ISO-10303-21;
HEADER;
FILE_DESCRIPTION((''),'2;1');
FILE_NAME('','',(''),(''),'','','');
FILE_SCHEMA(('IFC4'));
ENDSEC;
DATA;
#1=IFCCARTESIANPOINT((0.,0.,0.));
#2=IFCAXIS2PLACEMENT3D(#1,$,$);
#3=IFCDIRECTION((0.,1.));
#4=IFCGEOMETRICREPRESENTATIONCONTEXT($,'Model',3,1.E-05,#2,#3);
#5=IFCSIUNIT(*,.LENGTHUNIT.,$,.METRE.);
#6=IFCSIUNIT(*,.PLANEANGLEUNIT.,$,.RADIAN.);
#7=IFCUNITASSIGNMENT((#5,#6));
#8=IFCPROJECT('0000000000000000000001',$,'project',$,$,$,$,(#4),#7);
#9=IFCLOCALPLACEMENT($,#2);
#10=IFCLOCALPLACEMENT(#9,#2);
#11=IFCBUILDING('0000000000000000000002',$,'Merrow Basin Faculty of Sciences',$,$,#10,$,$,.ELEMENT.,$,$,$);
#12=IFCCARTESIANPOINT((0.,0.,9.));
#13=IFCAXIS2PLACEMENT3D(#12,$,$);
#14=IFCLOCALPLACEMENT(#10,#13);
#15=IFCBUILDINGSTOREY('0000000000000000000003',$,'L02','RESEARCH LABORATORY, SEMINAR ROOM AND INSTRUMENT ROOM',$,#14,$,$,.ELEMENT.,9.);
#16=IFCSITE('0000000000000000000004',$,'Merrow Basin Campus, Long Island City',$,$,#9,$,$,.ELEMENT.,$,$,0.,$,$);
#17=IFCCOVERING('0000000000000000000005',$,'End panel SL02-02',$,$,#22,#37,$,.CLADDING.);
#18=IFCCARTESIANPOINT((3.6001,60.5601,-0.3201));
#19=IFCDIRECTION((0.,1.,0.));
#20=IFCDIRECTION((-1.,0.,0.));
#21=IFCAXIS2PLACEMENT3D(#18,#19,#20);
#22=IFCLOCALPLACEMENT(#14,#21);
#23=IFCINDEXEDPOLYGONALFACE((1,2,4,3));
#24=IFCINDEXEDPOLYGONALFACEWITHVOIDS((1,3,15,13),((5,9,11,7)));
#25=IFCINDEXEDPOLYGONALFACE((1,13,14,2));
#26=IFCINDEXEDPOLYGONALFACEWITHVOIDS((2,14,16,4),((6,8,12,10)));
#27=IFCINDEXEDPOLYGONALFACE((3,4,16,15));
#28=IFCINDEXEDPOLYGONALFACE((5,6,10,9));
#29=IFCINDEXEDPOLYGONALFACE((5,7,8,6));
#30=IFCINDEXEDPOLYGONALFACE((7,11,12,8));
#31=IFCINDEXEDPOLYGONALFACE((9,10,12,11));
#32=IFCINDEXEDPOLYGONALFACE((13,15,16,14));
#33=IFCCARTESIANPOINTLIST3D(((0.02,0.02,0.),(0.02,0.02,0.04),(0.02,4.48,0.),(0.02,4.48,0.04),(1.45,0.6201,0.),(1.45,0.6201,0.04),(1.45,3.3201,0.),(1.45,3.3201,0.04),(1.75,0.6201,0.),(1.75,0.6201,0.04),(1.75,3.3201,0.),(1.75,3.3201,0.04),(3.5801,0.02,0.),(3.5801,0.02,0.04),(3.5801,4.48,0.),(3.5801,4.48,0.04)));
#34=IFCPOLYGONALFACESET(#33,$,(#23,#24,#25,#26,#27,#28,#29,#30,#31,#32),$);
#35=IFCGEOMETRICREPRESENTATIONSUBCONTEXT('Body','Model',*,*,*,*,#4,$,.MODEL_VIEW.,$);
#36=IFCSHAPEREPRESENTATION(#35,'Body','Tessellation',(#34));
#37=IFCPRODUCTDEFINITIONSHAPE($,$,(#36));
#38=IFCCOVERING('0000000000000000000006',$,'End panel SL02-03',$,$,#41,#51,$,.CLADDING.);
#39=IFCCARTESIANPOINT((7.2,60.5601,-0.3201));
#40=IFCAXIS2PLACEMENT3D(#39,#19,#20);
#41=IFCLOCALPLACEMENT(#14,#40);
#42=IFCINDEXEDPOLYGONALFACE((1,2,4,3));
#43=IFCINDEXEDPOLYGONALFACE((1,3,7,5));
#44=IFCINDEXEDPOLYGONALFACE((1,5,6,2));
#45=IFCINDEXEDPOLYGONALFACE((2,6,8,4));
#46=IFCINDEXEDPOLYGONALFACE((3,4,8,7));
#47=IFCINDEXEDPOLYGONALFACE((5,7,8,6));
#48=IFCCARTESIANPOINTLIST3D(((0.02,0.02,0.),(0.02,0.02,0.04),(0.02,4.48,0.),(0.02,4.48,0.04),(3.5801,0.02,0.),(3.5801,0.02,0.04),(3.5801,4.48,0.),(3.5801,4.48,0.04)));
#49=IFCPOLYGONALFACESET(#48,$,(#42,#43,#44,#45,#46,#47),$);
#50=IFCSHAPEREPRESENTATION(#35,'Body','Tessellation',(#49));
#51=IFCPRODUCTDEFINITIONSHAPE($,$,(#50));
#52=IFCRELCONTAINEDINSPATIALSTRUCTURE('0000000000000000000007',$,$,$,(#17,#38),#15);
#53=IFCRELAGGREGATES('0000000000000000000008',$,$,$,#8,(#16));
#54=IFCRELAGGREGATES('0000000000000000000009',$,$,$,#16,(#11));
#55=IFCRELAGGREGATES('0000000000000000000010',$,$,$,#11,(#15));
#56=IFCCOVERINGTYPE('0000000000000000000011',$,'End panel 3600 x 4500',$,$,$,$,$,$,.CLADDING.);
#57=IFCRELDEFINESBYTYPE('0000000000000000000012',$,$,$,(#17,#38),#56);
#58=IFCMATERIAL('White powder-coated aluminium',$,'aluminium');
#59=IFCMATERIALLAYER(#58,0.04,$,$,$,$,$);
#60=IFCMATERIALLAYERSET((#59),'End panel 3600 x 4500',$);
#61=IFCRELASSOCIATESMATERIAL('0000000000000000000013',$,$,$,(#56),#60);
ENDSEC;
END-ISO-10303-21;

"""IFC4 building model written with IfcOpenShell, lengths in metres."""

from ifc_helpers import new_model, si_unit, direction, frame, origin, place, context, subcontext, project, spatial, polyline, outline, extrude, source, transform, mapped, material, layer, layer_set, type_object, element, save


model = new_model("IFC4")

# Units and contexts
model_context = context("Model", 3, precision=1e-05, world=origin(), true_north=direction((0.0, 1.0)))
body_context = subcontext(model_context, "Body", "Model", "MODEL_VIEW")
ifc_project = project(units=[si_unit("LENGTHUNIT", "METRE"), si_unit("PLANEANGLEUNIT", "RADIAN")], contexts=[model_context])

# Site, building, storey
site_placement = place(None, origin())
site = spatial("IfcSite", under=ifc_project, at=site_placement, Name="Merrow Basin Campus, Long Island City", CompositionType="ELEMENT", RefElevation=0.0)
building_placement = place(site_placement, origin())
building = spatial("IfcBuilding", under=site, at=building_placement, Name="Merrow Basin Faculty of Sciences", CompositionType="ELEMENT")
storey_placement = place(building_placement, frame((0.0, 0.0, 9.0)))
storey = spatial("IfcBuildingStorey", under=building, at=storey_placement, Name="L02", Description="RESEARCH LABORATORY, SEMINAR ROOM AND INSTRUMENT ROOM", CompositionType="ELEMENT", Elevation=9.0)

# Coverings
ifc_material_1 = material(Name="White powder-coated aluminium", Category="aluminium")
ifc_layer_1 = layer(ifc_material_1, 0.04)
ifc_layer_set_1 = layer_set([ifc_layer_1], Name="End panel 3600 x 4500")
covering_type_1 = type_object("IfcCoveringType", Name="End panel 3600 x 4500", PredefinedType="CLADDING", material=ifc_layer_set_1)
shared_shape_1 = source(origin(), body_context, "Body", "SweptSolid", [
    extrude(outline(polyline([(0.02, 0.02), (3.5801, 0.02), (3.5801, 4.48), (0.02, 4.48), (0.02, 0.02)]), holes=[polyline([(1.45, 0.6201), (1.75, 0.6201), (1.75, 3.3201), (1.45, 3.3201), (1.45, 0.6201)])]), origin(), (0.0, 0.0, 1.0), 0.04),
])
covering_1_placement = place(storey_placement, frame((3.6001, 60.5601, -0.3201), z_axis=(0.0, 1.0, 0.0), x_axis=(-1.0, 0.0, 0.0)))
element("IfcCovering", 1, at=covering_1_placement, inside=storey, type_object=covering_type_1, Name="End panel SL02-02", PredefinedType="CLADDING", context=body_context, shape_type="MappedRepresentation", body=[
    mapped(shared_shape_1, transform((0.0, 0.0, 0.0), scale=1.0)),
])
shared_shape_2 = source(origin(), body_context, "Body", "SweptSolid", [
    extrude(outline(polyline([(0.02, 0.02), (3.5801, 0.02), (3.5801, 4.48), (0.02, 4.48), (0.02, 0.02)])), origin(), (0.0, 0.0, 1.0), 0.04),
])
covering_2_placement = place(storey_placement, frame((7.2, 60.5601, -0.3201), z_axis=(0.0, 1.0, 0.0), x_axis=(-1.0, 0.0, 0.0)))
element("IfcCovering", 2, at=covering_2_placement, inside=storey, type_object=covering_type_1, Name="End panel SL02-03", PredefinedType="CLADDING", context=body_context, shape_type="MappedRepresentation", body=[
    mapped(shared_shape_2, transform((0.0, 0.0, 0.0), scale=1.0)),
])

save(model, "model.ifc")
